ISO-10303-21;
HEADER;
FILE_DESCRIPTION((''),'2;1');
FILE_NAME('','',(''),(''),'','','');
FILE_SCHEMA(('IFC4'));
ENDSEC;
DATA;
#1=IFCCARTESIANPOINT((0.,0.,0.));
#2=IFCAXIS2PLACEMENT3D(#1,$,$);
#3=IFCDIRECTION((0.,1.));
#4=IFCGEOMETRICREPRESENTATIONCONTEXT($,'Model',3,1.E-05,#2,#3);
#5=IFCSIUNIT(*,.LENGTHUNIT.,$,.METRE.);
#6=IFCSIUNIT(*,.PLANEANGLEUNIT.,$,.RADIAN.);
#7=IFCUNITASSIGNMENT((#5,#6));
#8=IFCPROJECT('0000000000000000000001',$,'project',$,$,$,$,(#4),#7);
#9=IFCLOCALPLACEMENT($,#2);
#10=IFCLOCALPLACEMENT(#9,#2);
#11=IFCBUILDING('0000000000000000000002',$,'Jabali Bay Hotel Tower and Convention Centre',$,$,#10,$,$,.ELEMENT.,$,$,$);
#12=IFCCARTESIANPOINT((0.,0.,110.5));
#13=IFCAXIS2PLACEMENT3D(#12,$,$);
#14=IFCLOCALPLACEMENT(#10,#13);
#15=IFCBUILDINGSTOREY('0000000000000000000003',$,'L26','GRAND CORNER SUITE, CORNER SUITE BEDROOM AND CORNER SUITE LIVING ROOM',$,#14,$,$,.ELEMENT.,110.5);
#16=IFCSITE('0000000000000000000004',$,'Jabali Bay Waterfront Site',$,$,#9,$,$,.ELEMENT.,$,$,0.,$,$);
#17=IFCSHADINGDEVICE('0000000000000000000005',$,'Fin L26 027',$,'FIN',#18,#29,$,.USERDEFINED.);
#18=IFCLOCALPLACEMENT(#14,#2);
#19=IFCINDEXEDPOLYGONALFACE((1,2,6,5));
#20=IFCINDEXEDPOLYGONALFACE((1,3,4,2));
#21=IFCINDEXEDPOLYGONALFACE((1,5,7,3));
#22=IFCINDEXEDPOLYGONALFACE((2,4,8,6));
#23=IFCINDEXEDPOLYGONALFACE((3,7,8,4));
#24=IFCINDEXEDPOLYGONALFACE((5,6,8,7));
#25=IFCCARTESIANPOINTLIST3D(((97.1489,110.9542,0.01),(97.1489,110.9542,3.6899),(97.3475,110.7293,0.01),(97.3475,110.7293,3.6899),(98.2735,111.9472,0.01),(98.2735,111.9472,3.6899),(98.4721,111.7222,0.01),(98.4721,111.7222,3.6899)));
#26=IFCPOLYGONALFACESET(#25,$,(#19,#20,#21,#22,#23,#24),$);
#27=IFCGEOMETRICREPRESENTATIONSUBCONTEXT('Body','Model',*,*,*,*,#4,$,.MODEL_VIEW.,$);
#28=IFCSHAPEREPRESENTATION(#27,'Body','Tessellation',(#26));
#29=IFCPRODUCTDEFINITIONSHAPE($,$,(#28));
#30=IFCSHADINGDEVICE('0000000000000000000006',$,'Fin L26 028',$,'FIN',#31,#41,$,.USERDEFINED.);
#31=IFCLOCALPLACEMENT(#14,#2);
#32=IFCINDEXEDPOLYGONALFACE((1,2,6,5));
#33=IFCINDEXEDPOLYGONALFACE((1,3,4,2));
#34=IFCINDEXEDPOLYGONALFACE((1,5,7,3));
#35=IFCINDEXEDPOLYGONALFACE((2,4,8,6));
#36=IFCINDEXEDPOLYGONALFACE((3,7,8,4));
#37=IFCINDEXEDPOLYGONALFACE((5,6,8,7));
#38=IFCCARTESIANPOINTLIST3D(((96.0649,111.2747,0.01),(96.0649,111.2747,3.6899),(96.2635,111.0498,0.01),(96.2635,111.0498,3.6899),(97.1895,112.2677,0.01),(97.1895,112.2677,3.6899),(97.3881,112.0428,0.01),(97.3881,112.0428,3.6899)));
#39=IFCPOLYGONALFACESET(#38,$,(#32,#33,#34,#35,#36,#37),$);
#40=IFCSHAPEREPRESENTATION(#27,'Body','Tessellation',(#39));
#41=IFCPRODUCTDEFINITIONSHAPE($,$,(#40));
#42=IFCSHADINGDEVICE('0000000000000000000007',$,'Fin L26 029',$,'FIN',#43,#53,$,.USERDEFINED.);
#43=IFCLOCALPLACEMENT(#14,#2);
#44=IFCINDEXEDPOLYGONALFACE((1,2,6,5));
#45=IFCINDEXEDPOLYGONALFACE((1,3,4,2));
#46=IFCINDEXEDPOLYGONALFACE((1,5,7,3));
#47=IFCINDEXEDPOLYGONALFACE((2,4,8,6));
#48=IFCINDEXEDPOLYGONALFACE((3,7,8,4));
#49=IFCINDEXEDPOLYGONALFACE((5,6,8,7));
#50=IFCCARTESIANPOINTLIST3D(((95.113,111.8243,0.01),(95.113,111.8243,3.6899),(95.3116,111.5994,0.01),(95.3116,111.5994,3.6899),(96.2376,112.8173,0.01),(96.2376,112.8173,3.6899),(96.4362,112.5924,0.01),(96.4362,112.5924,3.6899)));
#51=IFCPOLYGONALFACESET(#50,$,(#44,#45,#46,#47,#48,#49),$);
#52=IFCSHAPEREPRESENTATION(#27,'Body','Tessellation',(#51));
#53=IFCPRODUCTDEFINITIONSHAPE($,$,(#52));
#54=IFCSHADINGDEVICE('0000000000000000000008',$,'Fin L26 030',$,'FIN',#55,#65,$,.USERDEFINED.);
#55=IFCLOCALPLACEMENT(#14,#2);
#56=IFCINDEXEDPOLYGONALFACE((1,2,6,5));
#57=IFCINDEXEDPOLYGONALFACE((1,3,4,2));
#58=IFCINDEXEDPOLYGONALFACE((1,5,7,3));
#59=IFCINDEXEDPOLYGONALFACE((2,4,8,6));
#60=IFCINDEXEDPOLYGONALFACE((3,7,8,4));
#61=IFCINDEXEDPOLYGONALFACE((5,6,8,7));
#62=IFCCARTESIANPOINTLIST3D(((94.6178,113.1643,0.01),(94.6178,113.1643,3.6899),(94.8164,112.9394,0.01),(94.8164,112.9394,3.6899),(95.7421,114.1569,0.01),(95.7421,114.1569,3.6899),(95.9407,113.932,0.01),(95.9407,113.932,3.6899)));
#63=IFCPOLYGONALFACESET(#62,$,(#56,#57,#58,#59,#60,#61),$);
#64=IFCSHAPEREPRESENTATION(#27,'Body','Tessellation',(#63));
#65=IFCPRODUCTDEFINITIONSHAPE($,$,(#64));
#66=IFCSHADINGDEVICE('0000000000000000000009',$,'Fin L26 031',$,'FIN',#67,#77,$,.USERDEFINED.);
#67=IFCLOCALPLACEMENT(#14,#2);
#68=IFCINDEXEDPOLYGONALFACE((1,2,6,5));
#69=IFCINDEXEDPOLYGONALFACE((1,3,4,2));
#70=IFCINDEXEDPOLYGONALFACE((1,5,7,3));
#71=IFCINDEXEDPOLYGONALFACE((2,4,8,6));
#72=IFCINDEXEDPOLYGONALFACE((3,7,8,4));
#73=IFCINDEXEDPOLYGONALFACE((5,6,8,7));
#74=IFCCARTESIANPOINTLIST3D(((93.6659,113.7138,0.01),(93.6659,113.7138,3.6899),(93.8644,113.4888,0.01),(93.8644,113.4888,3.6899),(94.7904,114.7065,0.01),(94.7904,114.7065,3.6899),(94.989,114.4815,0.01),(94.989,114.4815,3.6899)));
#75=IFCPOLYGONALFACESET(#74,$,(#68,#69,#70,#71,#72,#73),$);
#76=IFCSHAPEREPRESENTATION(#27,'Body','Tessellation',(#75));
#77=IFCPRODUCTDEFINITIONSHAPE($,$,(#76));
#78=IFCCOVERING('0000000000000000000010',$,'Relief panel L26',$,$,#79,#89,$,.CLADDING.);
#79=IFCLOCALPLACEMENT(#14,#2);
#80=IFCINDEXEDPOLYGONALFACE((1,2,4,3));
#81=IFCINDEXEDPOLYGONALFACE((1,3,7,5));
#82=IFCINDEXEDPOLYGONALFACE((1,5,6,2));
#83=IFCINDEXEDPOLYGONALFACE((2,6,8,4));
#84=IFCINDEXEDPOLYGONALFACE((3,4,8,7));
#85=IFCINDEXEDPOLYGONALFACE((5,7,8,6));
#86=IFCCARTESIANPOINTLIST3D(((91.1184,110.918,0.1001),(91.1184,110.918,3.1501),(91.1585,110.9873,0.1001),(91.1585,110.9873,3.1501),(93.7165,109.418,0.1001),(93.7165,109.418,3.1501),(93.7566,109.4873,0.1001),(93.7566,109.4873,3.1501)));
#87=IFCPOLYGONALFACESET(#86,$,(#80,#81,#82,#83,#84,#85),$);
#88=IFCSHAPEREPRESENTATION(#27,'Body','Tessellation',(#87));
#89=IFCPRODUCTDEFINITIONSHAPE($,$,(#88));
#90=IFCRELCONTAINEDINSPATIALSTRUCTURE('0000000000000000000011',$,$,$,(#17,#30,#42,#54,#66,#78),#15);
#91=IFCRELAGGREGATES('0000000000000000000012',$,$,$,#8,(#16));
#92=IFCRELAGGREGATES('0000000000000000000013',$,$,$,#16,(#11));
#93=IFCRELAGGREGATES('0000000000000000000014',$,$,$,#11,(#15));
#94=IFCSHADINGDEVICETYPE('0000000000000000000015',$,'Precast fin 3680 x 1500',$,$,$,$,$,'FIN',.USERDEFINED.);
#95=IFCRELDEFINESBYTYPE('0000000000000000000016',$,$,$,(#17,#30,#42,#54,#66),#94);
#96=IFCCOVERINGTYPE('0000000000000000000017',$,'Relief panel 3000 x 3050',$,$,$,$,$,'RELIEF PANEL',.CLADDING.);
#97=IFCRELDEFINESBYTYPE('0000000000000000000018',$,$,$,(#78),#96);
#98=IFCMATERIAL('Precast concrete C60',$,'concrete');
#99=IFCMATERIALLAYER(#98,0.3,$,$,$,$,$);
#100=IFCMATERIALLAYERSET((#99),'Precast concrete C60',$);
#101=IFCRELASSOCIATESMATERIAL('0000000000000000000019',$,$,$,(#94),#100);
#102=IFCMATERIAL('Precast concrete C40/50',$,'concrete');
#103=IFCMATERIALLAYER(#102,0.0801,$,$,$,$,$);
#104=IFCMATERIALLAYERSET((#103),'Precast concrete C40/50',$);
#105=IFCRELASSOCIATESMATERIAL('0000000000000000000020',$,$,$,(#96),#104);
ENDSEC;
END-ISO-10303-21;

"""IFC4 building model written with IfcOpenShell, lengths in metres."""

from ifc_helpers import new_model, si_unit, direction, frame, frame_2d, origin, origin_2d, place, context, subcontext, project, spatial, rectangle, extrude, material, layer, layer_set, type_object, element, save


model = new_model("IFC4")

# Units and contexts
model_context = context("Model", 3, precision=1e-05, world=origin(), true_north=direction((0.0, 1.0)))
body_context = subcontext(model_context, "Body", "Model", "MODEL_VIEW")
ifc_project = project(units=[si_unit("LENGTHUNIT", "METRE"), si_unit("PLANEANGLEUNIT", "RADIAN")], contexts=[model_context])

# Site, building, storey
site_placement = place(None, origin())
site = spatial("IfcSite", under=ifc_project, at=site_placement, Name="Jabali Bay Waterfront Site", CompositionType="ELEMENT", RefElevation=0.0)
building_placement = place(site_placement, origin())
building = spatial("IfcBuilding", under=site, at=building_placement, Name="Jabali Bay Hotel Tower and Convention Centre", CompositionType="ELEMENT")
storey_placement = place(building_placement, frame((0.0, 0.0, 110.5)))
storey = spatial("IfcBuildingStorey", under=building, at=storey_placement, Name="L26", Description="GRAND CORNER SUITE, CORNER SUITE BEDROOM AND CORNER SUITE LIVING ROOM", CompositionType="ELEMENT", Elevation=110.5)

# Shading devices
ifc_material_1 = material(Name="Precast concrete C60", Category="concrete")
ifc_layer_1 = layer(ifc_material_1, 0.3)
ifc_layer_set_1 = layer_set([ifc_layer_1], Name="Precast concrete C60")
shading_device_type_1 = type_object("IfcShadingDeviceType", Name="Precast fin 3680 x 1500", ElementType="FIN", PredefinedType="USERDEFINED", material=ifc_layer_set_1)
for number, where, z_axis, x_axis, name in (
    (1, (97.2483, 110.8418, 0.01), (0.0, 0.0, 1.0), (0.749605, 0.661885, 0.0), "Fin L26 027"),
    (2, (96.1643, 111.1624, 0.01), (0.0, 0.0, 1.0), (0.749605, 0.661885, 0.0), "Fin L26 028"),
    (3, (95.2124, 111.7119, 0.01), (0.0, 0.0, 1.0), (0.749605, 0.661885, 0.0), "Fin L26 029"),
):
    element("IfcShadingDevice", number, at=place(storey_placement, frame(where, z_axis=z_axis, x_axis=x_axis)), inside=storey, type_object=shading_device_type_1, Name=name, ObjectType="FIN", PredefinedType="USERDEFINED", context=body_context, shape_type="SweptSolid", body=[
        extrude(rectangle(XDim=1.5002, YDim=0.3, at=frame_2d((0.75, 0.0))), origin(), (0.0, 0.0, 1.0), 3.6799),
    ])
shading_device_1_placement = place(storey_placement, frame((94.717, 113.0518, 0.01), z_axis=(0.0, 0.0, 1.0), x_axis=(0.749615, 0.661875, 0.0)))
element("IfcShadingDevice", 4, at=shading_device_1_placement, inside=storey, type_object=shading_device_type_1, Name="Fin L26 030", ObjectType="FIN", PredefinedType="USERDEFINED", context=body_context, shape_type="SweptSolid", body=[
    extrude(rectangle(XDim=1.4998, YDim=0.3, at=frame_2d((0.75, 0.0))), origin(), (0.0, 0.0, 1.0), 3.6799),
])
shading_device_2_placement = place(storey_placement, frame((93.7651, 113.6013, 0.01), z_axis=(0.0, 0.0, 1.0), x_axis=(0.749686, 0.661794, 0.0)))
element("IfcShadingDevice", 5, at=shading_device_2_placement, inside=storey, type_object=shading_device_type_1, Name="Fin L26 031", ObjectType="FIN", PredefinedType="USERDEFINED", context=body_context, shape_type="SweptSolid", body=[
    extrude(rectangle(XDim=1.5, YDim=0.3, at=frame_2d((0.75, 0.0))), origin(), (0.0, 0.0, 1.0), 3.6799),
])

# Covering
ifc_material_2 = material(Name="Precast concrete C40/50", Category="concrete")
ifc_layer_2 = layer(ifc_material_2, 0.0801)
ifc_layer_set_2 = layer_set([ifc_layer_2], Name="Precast concrete C40/50")
covering_type = type_object("IfcCoveringType", Name="Relief panel 3000 x 3050", ElementType="RELIEF PANEL", PredefinedType="CLADDING", material=ifc_layer_set_2)
covering_placement = place(storey_placement, frame((92.4375, 110.2026, 0.1001), z_axis=(0.0, 0.0, 1.0), x_axis=(0.866025, -0.5, 0.0)))
element("IfcCovering", 6, at=covering_placement, inside=storey, type_object=covering_type, Name="Relief panel L26", PredefinedType="CLADDING", context=body_context, shape_type="SweptSolid", body=[
    extrude(rectangle(XDim=3.0, YDim=0.0801, at=origin_2d()), origin(), (0.0, 0.0, 1.0), 3.05),
])

save(model, "model.ifc")
